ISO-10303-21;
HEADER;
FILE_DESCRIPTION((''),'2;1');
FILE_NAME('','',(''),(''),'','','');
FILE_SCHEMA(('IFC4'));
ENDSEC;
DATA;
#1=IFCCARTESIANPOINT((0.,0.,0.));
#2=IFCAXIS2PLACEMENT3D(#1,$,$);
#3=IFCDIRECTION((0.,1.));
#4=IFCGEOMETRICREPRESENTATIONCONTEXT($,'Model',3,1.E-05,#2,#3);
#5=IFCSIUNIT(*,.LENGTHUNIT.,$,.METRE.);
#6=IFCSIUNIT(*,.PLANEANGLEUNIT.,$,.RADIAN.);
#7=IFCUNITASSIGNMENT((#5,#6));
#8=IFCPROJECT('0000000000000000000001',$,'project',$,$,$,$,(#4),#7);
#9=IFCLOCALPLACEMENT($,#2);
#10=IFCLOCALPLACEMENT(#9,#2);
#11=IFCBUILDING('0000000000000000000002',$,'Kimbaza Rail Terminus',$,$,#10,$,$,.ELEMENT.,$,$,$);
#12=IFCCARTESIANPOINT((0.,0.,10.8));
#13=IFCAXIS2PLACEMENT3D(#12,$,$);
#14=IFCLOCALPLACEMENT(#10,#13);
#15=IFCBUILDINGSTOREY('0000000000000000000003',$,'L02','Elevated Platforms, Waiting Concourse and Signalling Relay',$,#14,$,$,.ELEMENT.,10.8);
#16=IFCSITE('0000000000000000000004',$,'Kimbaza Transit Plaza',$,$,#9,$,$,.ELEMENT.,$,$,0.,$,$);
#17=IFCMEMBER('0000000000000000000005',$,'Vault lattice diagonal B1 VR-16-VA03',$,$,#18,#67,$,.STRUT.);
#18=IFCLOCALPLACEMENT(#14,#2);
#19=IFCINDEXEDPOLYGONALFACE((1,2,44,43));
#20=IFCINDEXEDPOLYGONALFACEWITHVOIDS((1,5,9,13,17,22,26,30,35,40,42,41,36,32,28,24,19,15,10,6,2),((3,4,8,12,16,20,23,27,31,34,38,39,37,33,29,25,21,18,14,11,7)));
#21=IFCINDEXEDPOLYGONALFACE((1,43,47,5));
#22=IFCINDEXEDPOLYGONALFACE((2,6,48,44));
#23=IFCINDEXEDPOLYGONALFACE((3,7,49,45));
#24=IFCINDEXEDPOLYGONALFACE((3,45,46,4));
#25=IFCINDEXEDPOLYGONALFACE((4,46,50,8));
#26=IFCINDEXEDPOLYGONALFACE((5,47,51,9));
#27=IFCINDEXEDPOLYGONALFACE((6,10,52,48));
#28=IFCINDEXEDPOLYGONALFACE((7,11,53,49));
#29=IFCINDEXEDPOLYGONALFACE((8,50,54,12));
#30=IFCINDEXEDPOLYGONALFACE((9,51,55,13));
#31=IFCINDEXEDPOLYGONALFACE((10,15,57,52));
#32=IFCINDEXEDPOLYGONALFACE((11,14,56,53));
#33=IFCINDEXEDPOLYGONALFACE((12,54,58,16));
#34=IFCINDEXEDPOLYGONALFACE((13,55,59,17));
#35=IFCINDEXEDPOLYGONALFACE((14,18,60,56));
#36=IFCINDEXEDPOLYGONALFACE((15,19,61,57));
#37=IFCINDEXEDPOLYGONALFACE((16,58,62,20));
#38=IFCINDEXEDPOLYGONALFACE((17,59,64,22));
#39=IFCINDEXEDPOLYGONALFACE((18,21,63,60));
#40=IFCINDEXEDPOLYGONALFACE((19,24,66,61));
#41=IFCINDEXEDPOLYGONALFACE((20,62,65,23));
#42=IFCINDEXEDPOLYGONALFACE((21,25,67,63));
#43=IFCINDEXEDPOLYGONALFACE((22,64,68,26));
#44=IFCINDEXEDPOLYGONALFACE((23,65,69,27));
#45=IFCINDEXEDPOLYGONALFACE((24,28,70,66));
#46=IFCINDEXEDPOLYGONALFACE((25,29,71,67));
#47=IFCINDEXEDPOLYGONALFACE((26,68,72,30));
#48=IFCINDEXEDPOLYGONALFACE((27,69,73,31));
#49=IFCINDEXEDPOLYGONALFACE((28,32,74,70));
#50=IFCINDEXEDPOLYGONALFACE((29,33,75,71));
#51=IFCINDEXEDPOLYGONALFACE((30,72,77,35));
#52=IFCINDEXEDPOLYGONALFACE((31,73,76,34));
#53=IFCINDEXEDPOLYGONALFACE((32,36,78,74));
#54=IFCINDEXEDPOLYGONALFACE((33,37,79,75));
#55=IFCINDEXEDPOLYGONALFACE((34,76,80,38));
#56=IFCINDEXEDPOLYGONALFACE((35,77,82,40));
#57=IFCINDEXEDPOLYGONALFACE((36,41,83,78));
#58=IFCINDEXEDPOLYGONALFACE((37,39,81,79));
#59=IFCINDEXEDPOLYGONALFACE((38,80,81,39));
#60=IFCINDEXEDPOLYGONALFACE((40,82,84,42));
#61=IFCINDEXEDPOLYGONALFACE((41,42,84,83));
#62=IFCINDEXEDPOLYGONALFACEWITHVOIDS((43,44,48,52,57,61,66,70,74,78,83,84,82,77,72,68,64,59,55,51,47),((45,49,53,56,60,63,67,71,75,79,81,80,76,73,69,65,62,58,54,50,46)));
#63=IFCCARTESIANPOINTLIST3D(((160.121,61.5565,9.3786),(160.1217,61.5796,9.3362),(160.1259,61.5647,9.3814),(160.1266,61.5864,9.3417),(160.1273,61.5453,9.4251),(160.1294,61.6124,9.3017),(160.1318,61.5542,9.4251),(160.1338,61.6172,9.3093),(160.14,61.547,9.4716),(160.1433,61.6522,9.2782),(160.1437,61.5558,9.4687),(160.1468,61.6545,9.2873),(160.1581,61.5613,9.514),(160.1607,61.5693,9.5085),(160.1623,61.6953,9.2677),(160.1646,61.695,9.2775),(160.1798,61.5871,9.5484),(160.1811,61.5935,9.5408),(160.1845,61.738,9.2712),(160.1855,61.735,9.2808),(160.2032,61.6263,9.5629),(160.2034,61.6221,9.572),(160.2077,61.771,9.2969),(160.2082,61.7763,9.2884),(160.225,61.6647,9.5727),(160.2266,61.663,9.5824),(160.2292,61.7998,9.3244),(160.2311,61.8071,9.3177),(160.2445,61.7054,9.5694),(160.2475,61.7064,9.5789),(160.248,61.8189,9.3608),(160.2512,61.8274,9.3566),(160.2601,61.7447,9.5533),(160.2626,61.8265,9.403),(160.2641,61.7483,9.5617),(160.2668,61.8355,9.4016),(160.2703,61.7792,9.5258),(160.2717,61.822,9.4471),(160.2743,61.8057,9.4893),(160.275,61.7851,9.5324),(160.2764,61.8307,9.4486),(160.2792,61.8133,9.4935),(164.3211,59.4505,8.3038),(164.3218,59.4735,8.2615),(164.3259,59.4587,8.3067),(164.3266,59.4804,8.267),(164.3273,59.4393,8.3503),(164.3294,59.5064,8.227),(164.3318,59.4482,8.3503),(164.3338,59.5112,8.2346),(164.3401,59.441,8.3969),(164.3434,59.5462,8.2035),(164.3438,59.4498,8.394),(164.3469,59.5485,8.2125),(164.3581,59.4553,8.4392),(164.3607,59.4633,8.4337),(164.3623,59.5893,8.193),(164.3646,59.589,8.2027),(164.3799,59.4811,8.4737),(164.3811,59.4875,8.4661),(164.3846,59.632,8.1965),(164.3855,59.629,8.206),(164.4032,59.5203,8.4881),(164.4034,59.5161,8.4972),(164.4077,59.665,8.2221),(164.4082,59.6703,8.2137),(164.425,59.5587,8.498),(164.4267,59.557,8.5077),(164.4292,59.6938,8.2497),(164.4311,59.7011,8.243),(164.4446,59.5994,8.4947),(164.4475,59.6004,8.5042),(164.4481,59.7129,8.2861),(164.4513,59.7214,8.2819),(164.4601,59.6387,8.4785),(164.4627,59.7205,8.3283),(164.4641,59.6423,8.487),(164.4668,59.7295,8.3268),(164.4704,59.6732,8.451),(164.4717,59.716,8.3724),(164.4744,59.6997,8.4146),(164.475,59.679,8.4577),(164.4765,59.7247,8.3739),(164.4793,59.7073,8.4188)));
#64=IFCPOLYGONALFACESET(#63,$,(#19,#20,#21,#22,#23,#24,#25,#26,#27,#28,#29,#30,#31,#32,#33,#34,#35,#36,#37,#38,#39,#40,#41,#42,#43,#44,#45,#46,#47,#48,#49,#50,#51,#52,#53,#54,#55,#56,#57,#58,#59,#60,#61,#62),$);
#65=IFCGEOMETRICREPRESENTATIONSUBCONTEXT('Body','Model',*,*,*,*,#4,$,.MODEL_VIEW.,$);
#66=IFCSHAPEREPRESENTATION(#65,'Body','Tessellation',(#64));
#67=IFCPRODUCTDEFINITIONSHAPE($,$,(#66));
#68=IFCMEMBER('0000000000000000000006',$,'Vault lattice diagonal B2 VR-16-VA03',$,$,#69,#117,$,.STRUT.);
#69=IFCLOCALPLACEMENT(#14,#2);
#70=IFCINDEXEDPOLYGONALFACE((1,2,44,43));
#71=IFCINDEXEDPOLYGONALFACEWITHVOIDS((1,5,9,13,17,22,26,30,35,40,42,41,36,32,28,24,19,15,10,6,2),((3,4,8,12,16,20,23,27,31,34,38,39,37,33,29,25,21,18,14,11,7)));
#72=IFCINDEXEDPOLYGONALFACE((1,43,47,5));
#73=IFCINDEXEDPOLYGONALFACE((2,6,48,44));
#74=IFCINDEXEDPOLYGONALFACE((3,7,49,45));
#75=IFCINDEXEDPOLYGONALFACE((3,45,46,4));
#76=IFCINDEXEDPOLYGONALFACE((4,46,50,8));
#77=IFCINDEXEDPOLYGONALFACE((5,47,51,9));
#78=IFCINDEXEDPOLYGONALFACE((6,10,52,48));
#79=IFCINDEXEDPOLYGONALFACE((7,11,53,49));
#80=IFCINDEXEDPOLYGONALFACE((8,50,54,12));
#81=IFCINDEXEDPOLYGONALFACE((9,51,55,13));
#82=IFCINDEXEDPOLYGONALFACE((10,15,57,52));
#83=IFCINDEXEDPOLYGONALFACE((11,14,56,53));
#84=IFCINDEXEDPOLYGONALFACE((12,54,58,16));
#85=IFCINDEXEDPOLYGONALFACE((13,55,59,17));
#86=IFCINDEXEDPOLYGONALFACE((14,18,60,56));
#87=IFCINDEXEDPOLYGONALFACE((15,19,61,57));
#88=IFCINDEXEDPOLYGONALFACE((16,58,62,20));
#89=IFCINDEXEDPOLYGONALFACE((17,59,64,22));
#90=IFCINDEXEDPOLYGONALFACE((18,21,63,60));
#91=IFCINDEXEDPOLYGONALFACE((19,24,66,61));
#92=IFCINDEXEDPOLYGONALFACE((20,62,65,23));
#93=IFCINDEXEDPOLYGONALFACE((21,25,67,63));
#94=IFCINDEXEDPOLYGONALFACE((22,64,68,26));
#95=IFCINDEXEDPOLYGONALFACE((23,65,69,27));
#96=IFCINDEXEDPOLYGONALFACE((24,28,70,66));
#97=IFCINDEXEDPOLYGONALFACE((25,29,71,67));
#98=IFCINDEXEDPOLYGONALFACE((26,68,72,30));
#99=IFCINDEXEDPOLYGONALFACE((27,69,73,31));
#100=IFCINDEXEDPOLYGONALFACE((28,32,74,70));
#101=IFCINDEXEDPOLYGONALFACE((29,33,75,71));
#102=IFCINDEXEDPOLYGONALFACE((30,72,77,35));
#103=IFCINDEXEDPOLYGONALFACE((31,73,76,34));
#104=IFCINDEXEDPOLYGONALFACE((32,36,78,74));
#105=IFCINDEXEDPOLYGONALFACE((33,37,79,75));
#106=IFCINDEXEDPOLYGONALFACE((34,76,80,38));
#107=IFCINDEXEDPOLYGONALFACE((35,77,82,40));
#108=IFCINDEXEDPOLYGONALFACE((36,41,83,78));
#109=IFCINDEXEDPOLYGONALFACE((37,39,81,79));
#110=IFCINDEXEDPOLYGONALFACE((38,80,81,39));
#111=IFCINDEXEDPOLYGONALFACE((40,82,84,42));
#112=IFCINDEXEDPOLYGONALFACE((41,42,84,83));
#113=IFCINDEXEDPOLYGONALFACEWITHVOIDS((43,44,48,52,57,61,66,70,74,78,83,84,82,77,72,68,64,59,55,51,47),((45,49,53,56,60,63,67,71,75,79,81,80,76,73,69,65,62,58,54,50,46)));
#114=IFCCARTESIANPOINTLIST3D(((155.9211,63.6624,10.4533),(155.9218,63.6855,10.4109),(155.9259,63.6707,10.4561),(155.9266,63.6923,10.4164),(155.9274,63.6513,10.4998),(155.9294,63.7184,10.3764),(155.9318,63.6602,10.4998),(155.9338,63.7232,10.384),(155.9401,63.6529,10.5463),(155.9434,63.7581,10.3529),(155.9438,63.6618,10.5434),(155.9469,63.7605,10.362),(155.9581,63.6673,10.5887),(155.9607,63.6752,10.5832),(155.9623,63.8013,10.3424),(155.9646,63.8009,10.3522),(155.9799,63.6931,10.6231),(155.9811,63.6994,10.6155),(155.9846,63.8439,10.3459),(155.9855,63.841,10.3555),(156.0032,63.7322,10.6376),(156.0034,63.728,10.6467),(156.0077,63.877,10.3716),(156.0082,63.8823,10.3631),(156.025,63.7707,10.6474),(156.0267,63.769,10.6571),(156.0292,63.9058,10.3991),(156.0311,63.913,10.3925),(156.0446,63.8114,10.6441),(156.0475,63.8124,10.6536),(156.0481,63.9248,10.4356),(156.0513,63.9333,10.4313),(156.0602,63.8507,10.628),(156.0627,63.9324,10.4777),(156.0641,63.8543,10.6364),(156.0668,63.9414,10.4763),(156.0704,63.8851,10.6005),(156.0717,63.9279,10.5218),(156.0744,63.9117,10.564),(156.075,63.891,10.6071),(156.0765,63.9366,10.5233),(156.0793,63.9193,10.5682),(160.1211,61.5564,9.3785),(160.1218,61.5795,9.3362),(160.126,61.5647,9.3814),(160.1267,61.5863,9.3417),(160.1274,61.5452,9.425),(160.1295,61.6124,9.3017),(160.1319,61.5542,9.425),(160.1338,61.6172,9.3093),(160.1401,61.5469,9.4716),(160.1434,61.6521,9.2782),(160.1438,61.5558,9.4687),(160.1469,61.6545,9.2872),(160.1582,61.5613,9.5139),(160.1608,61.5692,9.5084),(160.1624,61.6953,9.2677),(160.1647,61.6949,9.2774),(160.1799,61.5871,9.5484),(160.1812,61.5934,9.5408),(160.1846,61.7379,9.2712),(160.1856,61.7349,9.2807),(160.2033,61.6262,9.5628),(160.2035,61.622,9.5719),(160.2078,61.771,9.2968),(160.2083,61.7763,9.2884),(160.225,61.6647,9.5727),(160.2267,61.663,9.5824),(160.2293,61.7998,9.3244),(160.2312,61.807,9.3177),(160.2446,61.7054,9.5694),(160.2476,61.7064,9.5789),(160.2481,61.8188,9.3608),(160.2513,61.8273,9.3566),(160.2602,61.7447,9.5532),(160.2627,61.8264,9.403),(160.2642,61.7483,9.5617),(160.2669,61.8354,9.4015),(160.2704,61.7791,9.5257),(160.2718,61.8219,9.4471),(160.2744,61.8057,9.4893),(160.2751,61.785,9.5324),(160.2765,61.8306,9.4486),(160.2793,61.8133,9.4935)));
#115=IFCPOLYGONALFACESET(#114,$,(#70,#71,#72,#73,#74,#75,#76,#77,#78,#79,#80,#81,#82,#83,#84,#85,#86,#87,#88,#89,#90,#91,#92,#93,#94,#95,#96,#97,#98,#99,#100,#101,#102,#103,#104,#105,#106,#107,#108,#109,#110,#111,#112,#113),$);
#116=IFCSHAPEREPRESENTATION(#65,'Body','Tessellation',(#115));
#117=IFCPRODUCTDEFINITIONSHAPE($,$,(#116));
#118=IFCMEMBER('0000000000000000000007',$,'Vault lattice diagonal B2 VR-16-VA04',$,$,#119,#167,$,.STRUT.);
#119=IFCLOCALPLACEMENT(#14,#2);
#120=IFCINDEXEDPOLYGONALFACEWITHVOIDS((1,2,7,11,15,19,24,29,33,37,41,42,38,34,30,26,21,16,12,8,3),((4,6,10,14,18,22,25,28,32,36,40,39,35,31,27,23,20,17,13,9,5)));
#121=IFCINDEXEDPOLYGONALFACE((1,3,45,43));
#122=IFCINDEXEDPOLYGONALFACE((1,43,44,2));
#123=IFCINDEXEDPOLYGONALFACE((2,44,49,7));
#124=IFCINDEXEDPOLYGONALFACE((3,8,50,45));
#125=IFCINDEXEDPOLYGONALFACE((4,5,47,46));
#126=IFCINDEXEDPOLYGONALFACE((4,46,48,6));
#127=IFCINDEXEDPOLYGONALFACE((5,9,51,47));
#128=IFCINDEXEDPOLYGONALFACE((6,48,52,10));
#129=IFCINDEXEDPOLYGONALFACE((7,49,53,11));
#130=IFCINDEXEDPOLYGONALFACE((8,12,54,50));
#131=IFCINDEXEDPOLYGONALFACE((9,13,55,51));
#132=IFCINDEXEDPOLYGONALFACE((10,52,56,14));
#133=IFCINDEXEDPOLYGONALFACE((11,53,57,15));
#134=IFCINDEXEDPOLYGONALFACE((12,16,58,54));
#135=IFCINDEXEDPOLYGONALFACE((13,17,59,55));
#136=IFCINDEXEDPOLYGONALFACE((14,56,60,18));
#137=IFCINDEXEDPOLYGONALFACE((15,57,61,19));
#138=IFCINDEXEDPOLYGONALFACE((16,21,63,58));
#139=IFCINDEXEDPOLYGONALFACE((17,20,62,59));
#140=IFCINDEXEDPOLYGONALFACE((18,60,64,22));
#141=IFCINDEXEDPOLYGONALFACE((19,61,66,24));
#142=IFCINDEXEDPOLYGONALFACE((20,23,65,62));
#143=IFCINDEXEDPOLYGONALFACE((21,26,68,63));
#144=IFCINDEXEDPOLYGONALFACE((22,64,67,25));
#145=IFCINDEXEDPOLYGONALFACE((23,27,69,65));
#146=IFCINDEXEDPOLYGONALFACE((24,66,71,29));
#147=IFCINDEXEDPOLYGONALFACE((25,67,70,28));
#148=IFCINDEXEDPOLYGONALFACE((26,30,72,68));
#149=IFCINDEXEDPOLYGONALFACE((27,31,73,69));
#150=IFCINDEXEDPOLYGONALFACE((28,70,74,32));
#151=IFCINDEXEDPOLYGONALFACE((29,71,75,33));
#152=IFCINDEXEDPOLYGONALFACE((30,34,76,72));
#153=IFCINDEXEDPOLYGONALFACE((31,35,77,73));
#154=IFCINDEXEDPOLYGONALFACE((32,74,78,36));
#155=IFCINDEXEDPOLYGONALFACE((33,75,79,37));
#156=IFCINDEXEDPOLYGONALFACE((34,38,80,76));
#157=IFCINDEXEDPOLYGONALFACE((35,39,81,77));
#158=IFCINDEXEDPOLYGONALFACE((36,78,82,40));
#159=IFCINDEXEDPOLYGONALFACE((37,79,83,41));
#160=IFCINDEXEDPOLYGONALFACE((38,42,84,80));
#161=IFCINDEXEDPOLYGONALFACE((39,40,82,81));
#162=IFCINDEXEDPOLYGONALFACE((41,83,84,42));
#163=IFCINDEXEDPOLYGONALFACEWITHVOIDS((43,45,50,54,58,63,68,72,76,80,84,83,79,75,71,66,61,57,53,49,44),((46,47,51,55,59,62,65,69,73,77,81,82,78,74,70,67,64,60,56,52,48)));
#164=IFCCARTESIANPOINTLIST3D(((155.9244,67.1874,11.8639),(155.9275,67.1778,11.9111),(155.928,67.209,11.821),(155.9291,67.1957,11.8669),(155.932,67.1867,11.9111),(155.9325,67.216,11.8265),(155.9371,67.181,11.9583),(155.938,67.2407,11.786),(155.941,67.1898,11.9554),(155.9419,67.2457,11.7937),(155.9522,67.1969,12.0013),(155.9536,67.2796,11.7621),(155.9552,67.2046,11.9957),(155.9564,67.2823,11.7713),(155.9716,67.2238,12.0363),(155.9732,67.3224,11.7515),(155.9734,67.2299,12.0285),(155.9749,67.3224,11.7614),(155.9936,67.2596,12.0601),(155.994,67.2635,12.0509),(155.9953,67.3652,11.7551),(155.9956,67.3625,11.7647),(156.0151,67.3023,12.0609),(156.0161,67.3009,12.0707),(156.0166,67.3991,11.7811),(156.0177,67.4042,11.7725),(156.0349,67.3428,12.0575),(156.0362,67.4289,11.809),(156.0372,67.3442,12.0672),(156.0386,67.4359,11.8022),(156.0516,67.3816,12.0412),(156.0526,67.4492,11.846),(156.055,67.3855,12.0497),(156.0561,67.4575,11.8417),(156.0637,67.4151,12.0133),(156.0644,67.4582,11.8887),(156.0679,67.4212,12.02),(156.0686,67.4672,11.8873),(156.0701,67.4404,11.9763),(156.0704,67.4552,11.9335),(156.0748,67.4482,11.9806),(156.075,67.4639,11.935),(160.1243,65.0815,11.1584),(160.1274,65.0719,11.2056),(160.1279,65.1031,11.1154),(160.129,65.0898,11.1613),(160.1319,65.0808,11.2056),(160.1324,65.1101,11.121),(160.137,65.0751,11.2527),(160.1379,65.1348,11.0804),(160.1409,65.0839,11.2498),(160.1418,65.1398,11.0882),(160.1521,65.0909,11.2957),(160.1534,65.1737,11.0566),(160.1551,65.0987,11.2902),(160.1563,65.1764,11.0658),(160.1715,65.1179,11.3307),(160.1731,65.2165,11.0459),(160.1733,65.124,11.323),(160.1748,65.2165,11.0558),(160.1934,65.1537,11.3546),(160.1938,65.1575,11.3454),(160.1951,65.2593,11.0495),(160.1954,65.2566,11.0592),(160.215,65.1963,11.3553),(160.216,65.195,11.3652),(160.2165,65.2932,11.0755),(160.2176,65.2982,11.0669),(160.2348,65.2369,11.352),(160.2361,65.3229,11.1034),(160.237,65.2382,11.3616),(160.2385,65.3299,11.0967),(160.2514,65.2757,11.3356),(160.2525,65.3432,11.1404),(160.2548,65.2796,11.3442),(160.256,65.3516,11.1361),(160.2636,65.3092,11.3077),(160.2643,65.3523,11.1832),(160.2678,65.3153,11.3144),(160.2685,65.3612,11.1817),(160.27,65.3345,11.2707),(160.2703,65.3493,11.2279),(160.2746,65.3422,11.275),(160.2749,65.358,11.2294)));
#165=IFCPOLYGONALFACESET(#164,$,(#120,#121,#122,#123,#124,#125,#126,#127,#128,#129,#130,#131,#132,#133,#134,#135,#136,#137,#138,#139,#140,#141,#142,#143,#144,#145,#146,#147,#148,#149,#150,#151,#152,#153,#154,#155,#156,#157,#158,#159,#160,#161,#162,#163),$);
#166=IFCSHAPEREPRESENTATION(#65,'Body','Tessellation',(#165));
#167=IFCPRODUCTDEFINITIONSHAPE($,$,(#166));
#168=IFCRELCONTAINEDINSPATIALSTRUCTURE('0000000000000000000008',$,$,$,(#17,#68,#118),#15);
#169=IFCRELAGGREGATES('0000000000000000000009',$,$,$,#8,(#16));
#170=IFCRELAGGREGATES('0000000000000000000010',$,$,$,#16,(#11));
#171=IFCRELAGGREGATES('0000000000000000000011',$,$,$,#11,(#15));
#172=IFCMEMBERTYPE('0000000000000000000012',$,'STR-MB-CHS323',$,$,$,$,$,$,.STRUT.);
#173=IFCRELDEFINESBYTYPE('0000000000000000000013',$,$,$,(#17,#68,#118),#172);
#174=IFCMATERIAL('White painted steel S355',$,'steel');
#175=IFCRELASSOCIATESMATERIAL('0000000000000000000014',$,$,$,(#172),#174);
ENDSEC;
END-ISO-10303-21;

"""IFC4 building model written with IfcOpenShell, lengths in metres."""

from ifc_helpers import new_model, si_unit, direction, frame, origin, origin_2d, place, context, subcontext, project, spatial, hollow_circle, extrude, material, material_profile, profile_set, type_object, element, save


model = new_model("IFC4")

# Units and contexts
model_context = context("Model", 3, precision=1e-05, world=origin(), true_north=direction((0.0, 1.0)))
body_context = subcontext(model_context, "Body", "Model", "MODEL_VIEW")
ifc_project = project(units=[si_unit("LENGTHUNIT", "METRE"), si_unit("PLANEANGLEUNIT", "RADIAN")], contexts=[model_context])

# Site, building, storey
site_placement = place(None, origin())
site = spatial("IfcSite", under=ifc_project, at=site_placement, Name="Kimbaza Transit Plaza", CompositionType="ELEMENT", RefElevation=0.0)
building_placement = place(site_placement, origin())
building = spatial("IfcBuilding", under=site, at=building_placement, Name="Kimbaza Rail Terminus", CompositionType="ELEMENT")
storey_placement = place(building_placement, frame((0.0, 0.0, 10.8)))
storey = spatial("IfcBuildingStorey", under=building, at=storey_placement, Name="L02", Description="Elevated Platforms, Waiting Concourse and Signalling Relay", CompositionType="ELEMENT", Elevation=10.8)

# Members
ifc_material_1 = material(Name="White painted steel S355", Category="steel")
ifc_material_profile_1 = material_profile(ifc_material_1, hollow_circle(Radius=0.1619, WallThickness=0.01, at=origin_2d()), Name="CHS 323.9x10")
ifc_profile_set_1 = profile_set([ifc_material_profile_1], Name="White painted steel S355")
member_type_1 = type_object("IfcMemberType", Name="STR-MB-CHS323", PredefinedType="STRUT", material=ifc_profile_set_1)
for number, where, z_axis, x_axis, name in (
    (1, (164.3999, 59.584, 8.3503), (-0.871411, 0.436947, 0.222982), (-0.448232, -0.893917, 0.0), "Vault lattice diagonal B1 VR-16-VA03"),
    (2, (160.2, 61.6899, 9.425), (-0.871411, 0.436947, 0.222982), (-0.448232, -0.893917, 0.0), "Vault lattice diagonal B2 VR-16-VA03"),
):
    element("IfcMember", number, at=place(storey_placement, frame(where, z_axis=z_axis, x_axis=x_axis)), inside=storey, type_object=member_type_1, Name=name, PredefinedType="STRUT", context=body_context, shape_type="SweptSolid", body=[
        extrude(hollow_circle(Radius=0.1619, WallThickness=0.01, at=origin_2d()), origin(), (0.0, 0.0, 1.0), 4.8198),
    ])
member_1_placement = place(storey_placement, frame((160.2, 65.2166, 11.2056), z_axis=(-0.884005, 0.443261, 0.148507), x_axis=(-0.448232, -0.893917, 0.0)))
element("IfcMember", 3, at=member_1_placement, inside=storey, type_object=member_type_1, Name="Vault lattice diagonal B2 VR-16-VA04", PredefinedType="STRUT", context=body_context, shape_type="SweptSolid", body=[
    extrude(hollow_circle(Radius=0.1619, WallThickness=0.01, at=origin_2d()), origin(), (0.0, 0.0, 1.0), 4.751),
])

save(model, "model.ifc")
